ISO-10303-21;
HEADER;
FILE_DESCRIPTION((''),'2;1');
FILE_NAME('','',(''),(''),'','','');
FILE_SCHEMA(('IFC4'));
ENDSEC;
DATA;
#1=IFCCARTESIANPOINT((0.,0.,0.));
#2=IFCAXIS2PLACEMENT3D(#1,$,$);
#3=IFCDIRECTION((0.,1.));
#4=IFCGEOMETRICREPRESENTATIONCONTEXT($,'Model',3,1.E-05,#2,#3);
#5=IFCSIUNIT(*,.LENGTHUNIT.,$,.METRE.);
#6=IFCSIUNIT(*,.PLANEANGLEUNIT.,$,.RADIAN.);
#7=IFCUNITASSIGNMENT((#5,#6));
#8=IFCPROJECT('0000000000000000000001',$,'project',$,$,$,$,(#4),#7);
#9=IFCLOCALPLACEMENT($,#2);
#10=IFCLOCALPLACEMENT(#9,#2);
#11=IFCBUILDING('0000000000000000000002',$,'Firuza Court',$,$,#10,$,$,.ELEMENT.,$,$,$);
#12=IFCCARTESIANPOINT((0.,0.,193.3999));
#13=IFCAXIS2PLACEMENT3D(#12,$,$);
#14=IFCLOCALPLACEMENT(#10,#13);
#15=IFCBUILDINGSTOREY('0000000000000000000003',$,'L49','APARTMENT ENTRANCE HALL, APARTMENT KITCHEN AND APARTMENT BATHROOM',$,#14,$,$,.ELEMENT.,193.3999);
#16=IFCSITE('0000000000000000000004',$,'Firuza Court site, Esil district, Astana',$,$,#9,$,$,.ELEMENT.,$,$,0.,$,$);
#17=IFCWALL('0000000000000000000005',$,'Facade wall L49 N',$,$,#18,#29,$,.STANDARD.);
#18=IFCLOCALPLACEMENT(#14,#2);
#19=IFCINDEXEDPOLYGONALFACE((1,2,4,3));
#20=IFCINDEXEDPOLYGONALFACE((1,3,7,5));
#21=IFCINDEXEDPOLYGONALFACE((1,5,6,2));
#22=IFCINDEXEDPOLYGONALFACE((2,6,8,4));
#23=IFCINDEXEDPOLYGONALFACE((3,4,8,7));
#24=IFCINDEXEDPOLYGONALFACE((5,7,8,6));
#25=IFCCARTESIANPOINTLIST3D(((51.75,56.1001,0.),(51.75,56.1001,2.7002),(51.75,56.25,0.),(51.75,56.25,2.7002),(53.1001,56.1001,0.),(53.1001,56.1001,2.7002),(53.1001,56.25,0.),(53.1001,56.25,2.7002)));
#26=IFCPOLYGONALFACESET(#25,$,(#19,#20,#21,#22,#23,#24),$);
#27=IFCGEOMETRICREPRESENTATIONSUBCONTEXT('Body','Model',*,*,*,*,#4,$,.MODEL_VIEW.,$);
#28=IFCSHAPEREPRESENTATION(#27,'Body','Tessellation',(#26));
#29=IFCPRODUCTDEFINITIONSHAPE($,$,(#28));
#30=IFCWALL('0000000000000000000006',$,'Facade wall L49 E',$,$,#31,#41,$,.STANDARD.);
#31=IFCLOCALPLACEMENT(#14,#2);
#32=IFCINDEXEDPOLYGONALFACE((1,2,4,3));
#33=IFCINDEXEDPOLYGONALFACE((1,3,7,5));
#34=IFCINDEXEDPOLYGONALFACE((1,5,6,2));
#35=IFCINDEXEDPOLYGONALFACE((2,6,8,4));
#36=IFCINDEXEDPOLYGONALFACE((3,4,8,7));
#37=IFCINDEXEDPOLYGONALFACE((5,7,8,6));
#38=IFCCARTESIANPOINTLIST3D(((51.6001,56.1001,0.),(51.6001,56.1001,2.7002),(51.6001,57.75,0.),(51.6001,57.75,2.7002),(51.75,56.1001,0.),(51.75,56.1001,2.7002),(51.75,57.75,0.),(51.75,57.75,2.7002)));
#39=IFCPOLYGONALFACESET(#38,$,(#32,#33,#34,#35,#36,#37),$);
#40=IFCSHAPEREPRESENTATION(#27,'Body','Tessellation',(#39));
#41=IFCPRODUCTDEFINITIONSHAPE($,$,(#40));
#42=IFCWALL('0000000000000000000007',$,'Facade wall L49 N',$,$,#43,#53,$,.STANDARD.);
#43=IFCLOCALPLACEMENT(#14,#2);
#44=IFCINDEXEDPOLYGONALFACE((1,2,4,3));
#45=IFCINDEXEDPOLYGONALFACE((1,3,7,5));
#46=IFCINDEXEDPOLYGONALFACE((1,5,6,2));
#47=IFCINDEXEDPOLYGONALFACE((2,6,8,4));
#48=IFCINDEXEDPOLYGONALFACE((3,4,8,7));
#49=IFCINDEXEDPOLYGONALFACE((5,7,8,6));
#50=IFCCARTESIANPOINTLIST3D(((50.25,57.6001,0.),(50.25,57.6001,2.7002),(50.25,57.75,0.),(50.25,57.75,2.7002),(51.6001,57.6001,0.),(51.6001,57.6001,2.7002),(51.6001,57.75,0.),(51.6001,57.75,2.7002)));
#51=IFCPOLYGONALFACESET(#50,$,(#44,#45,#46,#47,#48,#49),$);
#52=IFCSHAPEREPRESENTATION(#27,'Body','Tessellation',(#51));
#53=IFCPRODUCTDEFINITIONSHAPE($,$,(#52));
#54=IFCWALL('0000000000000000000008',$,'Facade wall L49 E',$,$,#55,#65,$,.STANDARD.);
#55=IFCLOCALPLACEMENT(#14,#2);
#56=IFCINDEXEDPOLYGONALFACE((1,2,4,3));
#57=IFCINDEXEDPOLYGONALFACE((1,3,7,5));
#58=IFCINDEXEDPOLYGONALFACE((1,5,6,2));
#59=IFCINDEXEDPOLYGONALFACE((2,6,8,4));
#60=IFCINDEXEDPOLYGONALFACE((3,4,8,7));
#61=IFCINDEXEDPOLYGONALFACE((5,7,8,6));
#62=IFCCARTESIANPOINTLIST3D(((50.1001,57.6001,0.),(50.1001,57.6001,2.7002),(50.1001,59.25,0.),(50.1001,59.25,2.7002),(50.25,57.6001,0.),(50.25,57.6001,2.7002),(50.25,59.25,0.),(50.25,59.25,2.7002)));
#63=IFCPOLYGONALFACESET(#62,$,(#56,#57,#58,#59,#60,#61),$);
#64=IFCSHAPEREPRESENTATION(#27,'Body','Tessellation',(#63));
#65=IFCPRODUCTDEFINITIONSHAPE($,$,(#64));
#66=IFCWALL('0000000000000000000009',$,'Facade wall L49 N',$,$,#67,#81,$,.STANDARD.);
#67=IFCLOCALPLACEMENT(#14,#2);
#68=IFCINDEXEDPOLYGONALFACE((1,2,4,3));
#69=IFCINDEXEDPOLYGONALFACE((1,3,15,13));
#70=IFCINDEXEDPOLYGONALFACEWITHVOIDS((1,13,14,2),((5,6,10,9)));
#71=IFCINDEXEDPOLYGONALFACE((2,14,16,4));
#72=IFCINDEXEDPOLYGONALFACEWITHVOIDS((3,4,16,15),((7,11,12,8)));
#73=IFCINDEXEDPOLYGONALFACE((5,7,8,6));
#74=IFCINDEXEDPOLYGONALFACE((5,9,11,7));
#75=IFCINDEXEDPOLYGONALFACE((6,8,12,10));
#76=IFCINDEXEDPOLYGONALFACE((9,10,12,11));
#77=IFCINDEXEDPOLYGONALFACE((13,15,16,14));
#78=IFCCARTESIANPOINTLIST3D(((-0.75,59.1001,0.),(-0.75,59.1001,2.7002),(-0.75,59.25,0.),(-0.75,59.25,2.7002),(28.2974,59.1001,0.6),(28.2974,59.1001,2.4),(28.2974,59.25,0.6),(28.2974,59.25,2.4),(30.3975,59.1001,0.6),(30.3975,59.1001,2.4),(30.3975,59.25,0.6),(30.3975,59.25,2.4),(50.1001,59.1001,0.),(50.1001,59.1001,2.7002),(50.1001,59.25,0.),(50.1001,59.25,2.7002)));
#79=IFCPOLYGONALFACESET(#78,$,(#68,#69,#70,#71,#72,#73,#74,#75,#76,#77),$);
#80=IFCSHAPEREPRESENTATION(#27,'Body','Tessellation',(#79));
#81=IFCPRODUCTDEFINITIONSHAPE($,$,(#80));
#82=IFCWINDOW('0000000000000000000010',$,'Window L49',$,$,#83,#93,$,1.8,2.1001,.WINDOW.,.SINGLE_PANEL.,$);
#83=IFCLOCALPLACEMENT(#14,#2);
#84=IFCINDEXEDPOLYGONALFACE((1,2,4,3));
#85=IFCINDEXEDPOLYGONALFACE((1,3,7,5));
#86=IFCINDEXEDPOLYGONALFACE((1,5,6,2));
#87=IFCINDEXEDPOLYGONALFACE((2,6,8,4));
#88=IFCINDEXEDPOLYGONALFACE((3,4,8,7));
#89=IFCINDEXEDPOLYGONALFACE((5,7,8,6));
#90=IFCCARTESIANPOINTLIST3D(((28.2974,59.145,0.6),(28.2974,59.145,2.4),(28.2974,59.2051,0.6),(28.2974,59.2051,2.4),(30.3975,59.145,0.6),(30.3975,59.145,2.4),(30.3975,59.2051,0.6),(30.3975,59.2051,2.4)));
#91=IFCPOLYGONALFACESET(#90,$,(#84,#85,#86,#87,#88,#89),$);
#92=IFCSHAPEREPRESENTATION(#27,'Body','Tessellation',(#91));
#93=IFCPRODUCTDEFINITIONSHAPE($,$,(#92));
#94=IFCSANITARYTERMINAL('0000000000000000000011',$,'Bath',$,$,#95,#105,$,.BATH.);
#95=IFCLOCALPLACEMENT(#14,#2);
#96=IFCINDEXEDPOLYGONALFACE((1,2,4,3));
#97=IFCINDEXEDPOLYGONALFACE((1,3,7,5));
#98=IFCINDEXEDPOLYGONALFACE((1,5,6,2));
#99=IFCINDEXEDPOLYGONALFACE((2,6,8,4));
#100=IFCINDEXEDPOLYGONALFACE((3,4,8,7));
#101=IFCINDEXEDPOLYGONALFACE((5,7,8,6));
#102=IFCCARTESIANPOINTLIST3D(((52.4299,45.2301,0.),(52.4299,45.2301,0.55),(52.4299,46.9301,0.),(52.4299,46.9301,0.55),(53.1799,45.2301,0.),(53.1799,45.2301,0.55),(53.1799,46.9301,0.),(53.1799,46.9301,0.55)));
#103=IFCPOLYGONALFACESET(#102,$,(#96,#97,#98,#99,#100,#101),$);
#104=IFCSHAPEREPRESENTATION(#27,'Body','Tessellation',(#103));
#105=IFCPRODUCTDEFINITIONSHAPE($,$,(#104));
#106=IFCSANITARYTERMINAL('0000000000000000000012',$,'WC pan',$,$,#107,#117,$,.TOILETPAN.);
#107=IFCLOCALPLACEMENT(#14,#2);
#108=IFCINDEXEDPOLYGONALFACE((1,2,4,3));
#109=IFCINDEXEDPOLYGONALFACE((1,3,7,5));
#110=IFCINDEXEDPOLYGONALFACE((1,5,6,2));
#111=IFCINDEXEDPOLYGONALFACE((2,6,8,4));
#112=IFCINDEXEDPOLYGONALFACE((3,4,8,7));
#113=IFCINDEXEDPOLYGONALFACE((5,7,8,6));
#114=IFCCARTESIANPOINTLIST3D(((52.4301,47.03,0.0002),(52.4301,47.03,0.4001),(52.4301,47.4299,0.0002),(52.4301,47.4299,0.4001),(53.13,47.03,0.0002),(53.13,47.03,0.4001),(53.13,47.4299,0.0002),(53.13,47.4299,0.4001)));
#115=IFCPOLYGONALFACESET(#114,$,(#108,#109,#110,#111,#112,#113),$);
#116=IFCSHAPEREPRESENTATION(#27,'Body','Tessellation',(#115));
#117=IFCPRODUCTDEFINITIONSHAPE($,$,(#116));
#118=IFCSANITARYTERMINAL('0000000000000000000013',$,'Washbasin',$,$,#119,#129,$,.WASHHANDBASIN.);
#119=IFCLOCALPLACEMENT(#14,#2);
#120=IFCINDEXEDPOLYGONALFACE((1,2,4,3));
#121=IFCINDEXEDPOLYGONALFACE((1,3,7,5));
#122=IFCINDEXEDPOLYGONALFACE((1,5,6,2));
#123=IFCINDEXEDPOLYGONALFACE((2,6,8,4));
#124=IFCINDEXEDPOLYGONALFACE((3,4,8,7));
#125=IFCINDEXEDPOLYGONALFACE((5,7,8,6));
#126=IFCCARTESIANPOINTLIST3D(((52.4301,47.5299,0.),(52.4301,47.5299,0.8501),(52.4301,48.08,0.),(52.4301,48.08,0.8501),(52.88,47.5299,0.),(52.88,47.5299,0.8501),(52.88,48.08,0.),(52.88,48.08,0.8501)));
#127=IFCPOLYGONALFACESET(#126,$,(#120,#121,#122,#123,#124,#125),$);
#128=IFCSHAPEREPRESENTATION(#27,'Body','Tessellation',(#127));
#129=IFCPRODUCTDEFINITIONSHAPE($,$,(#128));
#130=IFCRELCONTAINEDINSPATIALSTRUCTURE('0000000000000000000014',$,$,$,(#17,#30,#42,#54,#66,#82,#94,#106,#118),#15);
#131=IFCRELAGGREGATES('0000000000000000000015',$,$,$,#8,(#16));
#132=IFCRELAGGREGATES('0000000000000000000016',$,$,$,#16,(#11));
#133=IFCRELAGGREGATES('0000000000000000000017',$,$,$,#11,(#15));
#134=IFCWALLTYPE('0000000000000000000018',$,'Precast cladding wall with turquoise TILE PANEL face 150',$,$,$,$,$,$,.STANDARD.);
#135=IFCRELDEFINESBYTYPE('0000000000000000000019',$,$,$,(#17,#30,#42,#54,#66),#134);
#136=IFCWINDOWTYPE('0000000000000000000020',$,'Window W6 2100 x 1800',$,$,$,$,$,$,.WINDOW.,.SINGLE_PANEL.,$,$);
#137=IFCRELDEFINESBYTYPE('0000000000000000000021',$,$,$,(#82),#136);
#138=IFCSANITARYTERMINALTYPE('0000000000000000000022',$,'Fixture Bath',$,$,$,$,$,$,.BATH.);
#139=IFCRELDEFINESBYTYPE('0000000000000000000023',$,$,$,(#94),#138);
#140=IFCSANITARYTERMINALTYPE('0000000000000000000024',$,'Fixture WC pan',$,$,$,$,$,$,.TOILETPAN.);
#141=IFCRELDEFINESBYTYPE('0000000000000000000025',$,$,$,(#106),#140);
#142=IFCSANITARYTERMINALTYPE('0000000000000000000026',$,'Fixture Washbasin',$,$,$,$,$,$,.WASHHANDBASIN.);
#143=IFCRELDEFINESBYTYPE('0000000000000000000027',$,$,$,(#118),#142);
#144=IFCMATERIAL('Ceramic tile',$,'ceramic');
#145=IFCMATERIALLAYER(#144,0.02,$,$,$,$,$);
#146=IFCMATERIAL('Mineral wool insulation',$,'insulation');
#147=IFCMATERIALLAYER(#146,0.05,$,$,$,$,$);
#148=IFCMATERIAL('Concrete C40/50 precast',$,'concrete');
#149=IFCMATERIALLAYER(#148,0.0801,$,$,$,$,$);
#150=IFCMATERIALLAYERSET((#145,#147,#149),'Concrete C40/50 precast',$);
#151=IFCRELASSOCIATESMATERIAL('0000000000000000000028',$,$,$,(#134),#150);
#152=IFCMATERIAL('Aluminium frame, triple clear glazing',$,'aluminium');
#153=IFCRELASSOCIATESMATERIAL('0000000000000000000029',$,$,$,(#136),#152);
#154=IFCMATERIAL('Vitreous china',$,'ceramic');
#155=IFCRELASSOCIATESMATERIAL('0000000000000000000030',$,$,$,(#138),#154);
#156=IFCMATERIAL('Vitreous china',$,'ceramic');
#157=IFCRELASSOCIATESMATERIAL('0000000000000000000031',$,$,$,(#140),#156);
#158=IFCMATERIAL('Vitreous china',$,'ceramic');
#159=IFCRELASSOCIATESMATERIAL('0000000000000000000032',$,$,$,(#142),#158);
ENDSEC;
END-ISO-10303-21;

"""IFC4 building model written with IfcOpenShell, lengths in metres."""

from ifc_helpers import new_model, si_unit, direction, frame, frame_2d, origin, origin_2d, place, context, subcontext, project, spatial, rectangle, extrude, material, layer, layer_set, type_object, element, fill, save


model = new_model("IFC4")

# Units and contexts
model_context = context("Model", 3, precision=1e-05, world=origin(), true_north=direction((0.0, 1.0)))
body_context = subcontext(model_context, "Body", "Model", "MODEL_VIEW")
ifc_project = project(units=[si_unit("LENGTHUNIT", "METRE"), si_unit("PLANEANGLEUNIT", "RADIAN")], contexts=[model_context])

# Site, building, storey
site_placement = place(None, origin())
site = spatial("IfcSite", under=ifc_project, at=site_placement, Name="Firuza Court site, Esil district, Astana", CompositionType="ELEMENT", RefElevation=0.0)
building_placement = place(site_placement, origin())
building = spatial("IfcBuilding", under=site, at=building_placement, Name="Firuza Court", CompositionType="ELEMENT")
storey_placement = place(building_placement, frame((0.0, 0.0, 193.3999)))
storey = spatial("IfcBuildingStorey", under=building, at=storey_placement, Name="L49", Description="APARTMENT ENTRANCE HALL, APARTMENT KITCHEN AND APARTMENT BATHROOM", CompositionType="ELEMENT", Elevation=193.3999)

# Walls
ifc_material_1 = material(Name="Ceramic tile", Category="ceramic")
ifc_layer_1 = layer(ifc_material_1, 0.02)
ifc_material_2 = material(Name="Mineral wool insulation", Category="insulation")
ifc_layer_2 = layer(ifc_material_2, 0.05)
ifc_material_3 = material(Name="Concrete C40/50 precast", Category="concrete")
ifc_layer_3 = layer(ifc_material_3, 0.0801)
ifc_layer_set_1 = layer_set([ifc_layer_1, ifc_layer_2, ifc_layer_3], Name="Concrete C40/50 precast")
wall_type_1 = type_object("IfcWallType", Name="Precast cladding wall with turquoise TILE PANEL face 150", PredefinedType="STANDARD", material=ifc_layer_set_1)
wall_1_placement = place(storey_placement, frame((53.1001, 56.175, 0.0), z_axis=(0.0, 0.0, 1.0), x_axis=(-1.0, 0.0, 0.0)))
element("IfcWall", 1, at=wall_1_placement, inside=storey, type_object=wall_type_1, Name="Facade wall L49 N", PredefinedType="STANDARD", context=body_context, shape_type="SweptSolid", body=[
    extrude(rectangle(XDim=1.3501, YDim=0.1499, at=frame_2d((0.675, 0.0))), origin(), (0.0, 0.0, 1.0), 2.7002),
])
wall_2_placement = place(storey_placement, frame((51.675, 56.1001, 0.0), z_axis=(0.0, 0.0, 1.0), x_axis=(0.0, 1.0, 0.0)))
element("IfcWall", 2, at=wall_2_placement, inside=storey, type_object=wall_type_1, Name="Facade wall L49 E", PredefinedType="STANDARD", context=body_context, shape_type="SweptSolid", body=[
    extrude(rectangle(XDim=1.6499, YDim=0.1499, at=frame_2d((0.825, 0.0))), origin(), (0.0, 0.0, 1.0), 2.7002),
])
wall_3_placement = place(storey_placement, frame((51.6001, 57.675, 0.0), z_axis=(0.0, 0.0, 1.0), x_axis=(-1.0, 0.0, 0.0)))
element("IfcWall", 3, at=wall_3_placement, inside=storey, type_object=wall_type_1, Name="Facade wall L49 N", PredefinedType="STANDARD", context=body_context, shape_type="SweptSolid", body=[
    extrude(rectangle(XDim=1.3501, YDim=0.1499, at=frame_2d((0.675, 0.0))), origin(), (0.0, 0.0, 1.0), 2.7002),
])
wall_4_placement = place(storey_placement, frame((50.175, 57.6001, 0.0), z_axis=(0.0, 0.0, 1.0), x_axis=(0.0, 1.0, 0.0)))
element("IfcWall", 4, at=wall_4_placement, inside=storey, type_object=wall_type_1, Name="Facade wall L49 E", PredefinedType="STANDARD", context=body_context, shape_type="SweptSolid", body=[
    extrude(rectangle(XDim=1.6499, YDim=0.1499, at=frame_2d((0.825, 0.0))), origin(), (0.0, 0.0, 1.0), 2.7002),
])

# Wall, opening, window
wall_5_placement = place(storey_placement, frame((50.1001, 59.175, 0.0), z_axis=(0.0, 0.0, 1.0), x_axis=(-1.0, 0.0, 0.0)))
wall_5 = element("IfcWall", 5, at=wall_5_placement, inside=storey, type_object=wall_type_1, Name="Facade wall L49 N", PredefinedType="STANDARD", context=body_context, shape_type="SweptSolid", body=[
    extrude(rectangle(XDim=50.8501, YDim=0.1499, at=frame_2d((25.425, 0.0))), origin(), (0.0, 0.0, 1.0), 2.7002),
])
opening_placement = place(wall_5_placement, frame((19.7026, 0.0, 0.6001)))
opening = element("IfcOpeningElement", 6, at=opening_placement, cuts=wall_5, PredefinedType="OPENING", context=body_context, shape_type="SweptSolid", body=[
    extrude(rectangle(XDim=2.1001, YDim=1.8, at=frame_2d((1.05, 0.8999))), frame((0.0, 0.0869, 0.0), z_axis=(0.0, -1.0, 0.0), x_axis=(1.0, 0.0, 0.0)), (0.0, 0.0, 1.0), 0.1738),
])
ifc_material_4 = material(Name="Aluminium frame, triple clear glazing", Category="aluminium")
window_type = type_object("IfcWindowType", Name="Window W6 2100 x 1800", PartitioningType="SINGLE_PANEL", PredefinedType="WINDOW", material=ifc_material_4)
window_placement = place(opening_placement, origin())
window = element("IfcWindow", 7, at=window_placement, inside=storey, type_object=window_type, Name="Window L49", OverallHeight=1.8, OverallWidth=2.1001, PartitioningType="SINGLE_PANEL", PredefinedType="WINDOW", context=body_context, shape_type="SweptSolid", body=[
    extrude(rectangle(XDim=2.1001, YDim=1.8, at=frame_2d((1.05, 0.8999))), frame((0.0, 0.03, 0.0), z_axis=(0.0, -1.0, 0.0), x_axis=(1.0, 0.0, 0.0)), (0.0, 0.0, 1.0), 0.0601),
])
fill(opening, window)

# Sanitary terminals
ifc_material_5 = material(Name="Vitreous china", Category="ceramic")
sanitary_terminal_type_1 = type_object("IfcSanitaryTerminalType", Name="Fixture Bath", PredefinedType="BATH", material=ifc_material_5)
sanitary_terminal_1_placement = place(storey_placement, frame((52.8049, 46.0801, 0.0), z_axis=(0.0, 0.0, 1.0), x_axis=(1.0, 0.0, 0.0)))
element("IfcSanitaryTerminal", 8, at=sanitary_terminal_1_placement, inside=storey, type_object=sanitary_terminal_type_1, Name="Bath", PredefinedType="BATH", context=body_context, shape_type="SweptSolid", body=[
    extrude(rectangle(XDim=0.75, YDim=1.7, at=origin_2d()), origin(), (0.0, 0.0, 1.0), 0.55),
])
ifc_material_6 = material(Name="Vitreous china", Category="ceramic")
sanitary_terminal_type_2 = type_object("IfcSanitaryTerminalType", Name="Fixture WC pan", PredefinedType="TOILETPAN", material=ifc_material_6)
sanitary_terminal_2_placement = place(storey_placement, frame((52.78, 47.23, 0.0002), z_axis=(0.0, 0.0, 1.0), x_axis=(1.0, 0.0, 0.0)))
element("IfcSanitaryTerminal", 9, at=sanitary_terminal_2_placement, inside=storey, type_object=sanitary_terminal_type_2, Name="WC pan", PredefinedType="TOILETPAN", context=body_context, shape_type="SweptSolid", body=[
    extrude(rectangle(XDim=0.7, YDim=0.3999, at=origin_2d()), origin(), (0.0, 0.0, 1.0), 0.3999),
])
ifc_material_7 = material(Name="Vitreous china", Category="ceramic")
sanitary_terminal_type_3 = type_object("IfcSanitaryTerminalType", Name="Fixture Washbasin", PredefinedType="WASHHANDBASIN", material=ifc_material_7)
sanitary_terminal_3_placement = place(storey_placement, frame((52.655, 47.8049, 0.0), z_axis=(0.0, 0.0, 1.0), x_axis=(1.0, 0.0, 0.0)))
element("IfcSanitaryTerminal", 10, at=sanitary_terminal_3_placement, inside=storey, type_object=sanitary_terminal_type_3, Name="Washbasin", PredefinedType="WASHHANDBASIN", context=body_context, shape_type="SweptSolid", body=[
    extrude(rectangle(XDim=0.45, YDim=0.55, at=origin_2d()), origin(), (0.0, 0.0, 1.0), 0.8501),
])

save(model, "model.ifc")
